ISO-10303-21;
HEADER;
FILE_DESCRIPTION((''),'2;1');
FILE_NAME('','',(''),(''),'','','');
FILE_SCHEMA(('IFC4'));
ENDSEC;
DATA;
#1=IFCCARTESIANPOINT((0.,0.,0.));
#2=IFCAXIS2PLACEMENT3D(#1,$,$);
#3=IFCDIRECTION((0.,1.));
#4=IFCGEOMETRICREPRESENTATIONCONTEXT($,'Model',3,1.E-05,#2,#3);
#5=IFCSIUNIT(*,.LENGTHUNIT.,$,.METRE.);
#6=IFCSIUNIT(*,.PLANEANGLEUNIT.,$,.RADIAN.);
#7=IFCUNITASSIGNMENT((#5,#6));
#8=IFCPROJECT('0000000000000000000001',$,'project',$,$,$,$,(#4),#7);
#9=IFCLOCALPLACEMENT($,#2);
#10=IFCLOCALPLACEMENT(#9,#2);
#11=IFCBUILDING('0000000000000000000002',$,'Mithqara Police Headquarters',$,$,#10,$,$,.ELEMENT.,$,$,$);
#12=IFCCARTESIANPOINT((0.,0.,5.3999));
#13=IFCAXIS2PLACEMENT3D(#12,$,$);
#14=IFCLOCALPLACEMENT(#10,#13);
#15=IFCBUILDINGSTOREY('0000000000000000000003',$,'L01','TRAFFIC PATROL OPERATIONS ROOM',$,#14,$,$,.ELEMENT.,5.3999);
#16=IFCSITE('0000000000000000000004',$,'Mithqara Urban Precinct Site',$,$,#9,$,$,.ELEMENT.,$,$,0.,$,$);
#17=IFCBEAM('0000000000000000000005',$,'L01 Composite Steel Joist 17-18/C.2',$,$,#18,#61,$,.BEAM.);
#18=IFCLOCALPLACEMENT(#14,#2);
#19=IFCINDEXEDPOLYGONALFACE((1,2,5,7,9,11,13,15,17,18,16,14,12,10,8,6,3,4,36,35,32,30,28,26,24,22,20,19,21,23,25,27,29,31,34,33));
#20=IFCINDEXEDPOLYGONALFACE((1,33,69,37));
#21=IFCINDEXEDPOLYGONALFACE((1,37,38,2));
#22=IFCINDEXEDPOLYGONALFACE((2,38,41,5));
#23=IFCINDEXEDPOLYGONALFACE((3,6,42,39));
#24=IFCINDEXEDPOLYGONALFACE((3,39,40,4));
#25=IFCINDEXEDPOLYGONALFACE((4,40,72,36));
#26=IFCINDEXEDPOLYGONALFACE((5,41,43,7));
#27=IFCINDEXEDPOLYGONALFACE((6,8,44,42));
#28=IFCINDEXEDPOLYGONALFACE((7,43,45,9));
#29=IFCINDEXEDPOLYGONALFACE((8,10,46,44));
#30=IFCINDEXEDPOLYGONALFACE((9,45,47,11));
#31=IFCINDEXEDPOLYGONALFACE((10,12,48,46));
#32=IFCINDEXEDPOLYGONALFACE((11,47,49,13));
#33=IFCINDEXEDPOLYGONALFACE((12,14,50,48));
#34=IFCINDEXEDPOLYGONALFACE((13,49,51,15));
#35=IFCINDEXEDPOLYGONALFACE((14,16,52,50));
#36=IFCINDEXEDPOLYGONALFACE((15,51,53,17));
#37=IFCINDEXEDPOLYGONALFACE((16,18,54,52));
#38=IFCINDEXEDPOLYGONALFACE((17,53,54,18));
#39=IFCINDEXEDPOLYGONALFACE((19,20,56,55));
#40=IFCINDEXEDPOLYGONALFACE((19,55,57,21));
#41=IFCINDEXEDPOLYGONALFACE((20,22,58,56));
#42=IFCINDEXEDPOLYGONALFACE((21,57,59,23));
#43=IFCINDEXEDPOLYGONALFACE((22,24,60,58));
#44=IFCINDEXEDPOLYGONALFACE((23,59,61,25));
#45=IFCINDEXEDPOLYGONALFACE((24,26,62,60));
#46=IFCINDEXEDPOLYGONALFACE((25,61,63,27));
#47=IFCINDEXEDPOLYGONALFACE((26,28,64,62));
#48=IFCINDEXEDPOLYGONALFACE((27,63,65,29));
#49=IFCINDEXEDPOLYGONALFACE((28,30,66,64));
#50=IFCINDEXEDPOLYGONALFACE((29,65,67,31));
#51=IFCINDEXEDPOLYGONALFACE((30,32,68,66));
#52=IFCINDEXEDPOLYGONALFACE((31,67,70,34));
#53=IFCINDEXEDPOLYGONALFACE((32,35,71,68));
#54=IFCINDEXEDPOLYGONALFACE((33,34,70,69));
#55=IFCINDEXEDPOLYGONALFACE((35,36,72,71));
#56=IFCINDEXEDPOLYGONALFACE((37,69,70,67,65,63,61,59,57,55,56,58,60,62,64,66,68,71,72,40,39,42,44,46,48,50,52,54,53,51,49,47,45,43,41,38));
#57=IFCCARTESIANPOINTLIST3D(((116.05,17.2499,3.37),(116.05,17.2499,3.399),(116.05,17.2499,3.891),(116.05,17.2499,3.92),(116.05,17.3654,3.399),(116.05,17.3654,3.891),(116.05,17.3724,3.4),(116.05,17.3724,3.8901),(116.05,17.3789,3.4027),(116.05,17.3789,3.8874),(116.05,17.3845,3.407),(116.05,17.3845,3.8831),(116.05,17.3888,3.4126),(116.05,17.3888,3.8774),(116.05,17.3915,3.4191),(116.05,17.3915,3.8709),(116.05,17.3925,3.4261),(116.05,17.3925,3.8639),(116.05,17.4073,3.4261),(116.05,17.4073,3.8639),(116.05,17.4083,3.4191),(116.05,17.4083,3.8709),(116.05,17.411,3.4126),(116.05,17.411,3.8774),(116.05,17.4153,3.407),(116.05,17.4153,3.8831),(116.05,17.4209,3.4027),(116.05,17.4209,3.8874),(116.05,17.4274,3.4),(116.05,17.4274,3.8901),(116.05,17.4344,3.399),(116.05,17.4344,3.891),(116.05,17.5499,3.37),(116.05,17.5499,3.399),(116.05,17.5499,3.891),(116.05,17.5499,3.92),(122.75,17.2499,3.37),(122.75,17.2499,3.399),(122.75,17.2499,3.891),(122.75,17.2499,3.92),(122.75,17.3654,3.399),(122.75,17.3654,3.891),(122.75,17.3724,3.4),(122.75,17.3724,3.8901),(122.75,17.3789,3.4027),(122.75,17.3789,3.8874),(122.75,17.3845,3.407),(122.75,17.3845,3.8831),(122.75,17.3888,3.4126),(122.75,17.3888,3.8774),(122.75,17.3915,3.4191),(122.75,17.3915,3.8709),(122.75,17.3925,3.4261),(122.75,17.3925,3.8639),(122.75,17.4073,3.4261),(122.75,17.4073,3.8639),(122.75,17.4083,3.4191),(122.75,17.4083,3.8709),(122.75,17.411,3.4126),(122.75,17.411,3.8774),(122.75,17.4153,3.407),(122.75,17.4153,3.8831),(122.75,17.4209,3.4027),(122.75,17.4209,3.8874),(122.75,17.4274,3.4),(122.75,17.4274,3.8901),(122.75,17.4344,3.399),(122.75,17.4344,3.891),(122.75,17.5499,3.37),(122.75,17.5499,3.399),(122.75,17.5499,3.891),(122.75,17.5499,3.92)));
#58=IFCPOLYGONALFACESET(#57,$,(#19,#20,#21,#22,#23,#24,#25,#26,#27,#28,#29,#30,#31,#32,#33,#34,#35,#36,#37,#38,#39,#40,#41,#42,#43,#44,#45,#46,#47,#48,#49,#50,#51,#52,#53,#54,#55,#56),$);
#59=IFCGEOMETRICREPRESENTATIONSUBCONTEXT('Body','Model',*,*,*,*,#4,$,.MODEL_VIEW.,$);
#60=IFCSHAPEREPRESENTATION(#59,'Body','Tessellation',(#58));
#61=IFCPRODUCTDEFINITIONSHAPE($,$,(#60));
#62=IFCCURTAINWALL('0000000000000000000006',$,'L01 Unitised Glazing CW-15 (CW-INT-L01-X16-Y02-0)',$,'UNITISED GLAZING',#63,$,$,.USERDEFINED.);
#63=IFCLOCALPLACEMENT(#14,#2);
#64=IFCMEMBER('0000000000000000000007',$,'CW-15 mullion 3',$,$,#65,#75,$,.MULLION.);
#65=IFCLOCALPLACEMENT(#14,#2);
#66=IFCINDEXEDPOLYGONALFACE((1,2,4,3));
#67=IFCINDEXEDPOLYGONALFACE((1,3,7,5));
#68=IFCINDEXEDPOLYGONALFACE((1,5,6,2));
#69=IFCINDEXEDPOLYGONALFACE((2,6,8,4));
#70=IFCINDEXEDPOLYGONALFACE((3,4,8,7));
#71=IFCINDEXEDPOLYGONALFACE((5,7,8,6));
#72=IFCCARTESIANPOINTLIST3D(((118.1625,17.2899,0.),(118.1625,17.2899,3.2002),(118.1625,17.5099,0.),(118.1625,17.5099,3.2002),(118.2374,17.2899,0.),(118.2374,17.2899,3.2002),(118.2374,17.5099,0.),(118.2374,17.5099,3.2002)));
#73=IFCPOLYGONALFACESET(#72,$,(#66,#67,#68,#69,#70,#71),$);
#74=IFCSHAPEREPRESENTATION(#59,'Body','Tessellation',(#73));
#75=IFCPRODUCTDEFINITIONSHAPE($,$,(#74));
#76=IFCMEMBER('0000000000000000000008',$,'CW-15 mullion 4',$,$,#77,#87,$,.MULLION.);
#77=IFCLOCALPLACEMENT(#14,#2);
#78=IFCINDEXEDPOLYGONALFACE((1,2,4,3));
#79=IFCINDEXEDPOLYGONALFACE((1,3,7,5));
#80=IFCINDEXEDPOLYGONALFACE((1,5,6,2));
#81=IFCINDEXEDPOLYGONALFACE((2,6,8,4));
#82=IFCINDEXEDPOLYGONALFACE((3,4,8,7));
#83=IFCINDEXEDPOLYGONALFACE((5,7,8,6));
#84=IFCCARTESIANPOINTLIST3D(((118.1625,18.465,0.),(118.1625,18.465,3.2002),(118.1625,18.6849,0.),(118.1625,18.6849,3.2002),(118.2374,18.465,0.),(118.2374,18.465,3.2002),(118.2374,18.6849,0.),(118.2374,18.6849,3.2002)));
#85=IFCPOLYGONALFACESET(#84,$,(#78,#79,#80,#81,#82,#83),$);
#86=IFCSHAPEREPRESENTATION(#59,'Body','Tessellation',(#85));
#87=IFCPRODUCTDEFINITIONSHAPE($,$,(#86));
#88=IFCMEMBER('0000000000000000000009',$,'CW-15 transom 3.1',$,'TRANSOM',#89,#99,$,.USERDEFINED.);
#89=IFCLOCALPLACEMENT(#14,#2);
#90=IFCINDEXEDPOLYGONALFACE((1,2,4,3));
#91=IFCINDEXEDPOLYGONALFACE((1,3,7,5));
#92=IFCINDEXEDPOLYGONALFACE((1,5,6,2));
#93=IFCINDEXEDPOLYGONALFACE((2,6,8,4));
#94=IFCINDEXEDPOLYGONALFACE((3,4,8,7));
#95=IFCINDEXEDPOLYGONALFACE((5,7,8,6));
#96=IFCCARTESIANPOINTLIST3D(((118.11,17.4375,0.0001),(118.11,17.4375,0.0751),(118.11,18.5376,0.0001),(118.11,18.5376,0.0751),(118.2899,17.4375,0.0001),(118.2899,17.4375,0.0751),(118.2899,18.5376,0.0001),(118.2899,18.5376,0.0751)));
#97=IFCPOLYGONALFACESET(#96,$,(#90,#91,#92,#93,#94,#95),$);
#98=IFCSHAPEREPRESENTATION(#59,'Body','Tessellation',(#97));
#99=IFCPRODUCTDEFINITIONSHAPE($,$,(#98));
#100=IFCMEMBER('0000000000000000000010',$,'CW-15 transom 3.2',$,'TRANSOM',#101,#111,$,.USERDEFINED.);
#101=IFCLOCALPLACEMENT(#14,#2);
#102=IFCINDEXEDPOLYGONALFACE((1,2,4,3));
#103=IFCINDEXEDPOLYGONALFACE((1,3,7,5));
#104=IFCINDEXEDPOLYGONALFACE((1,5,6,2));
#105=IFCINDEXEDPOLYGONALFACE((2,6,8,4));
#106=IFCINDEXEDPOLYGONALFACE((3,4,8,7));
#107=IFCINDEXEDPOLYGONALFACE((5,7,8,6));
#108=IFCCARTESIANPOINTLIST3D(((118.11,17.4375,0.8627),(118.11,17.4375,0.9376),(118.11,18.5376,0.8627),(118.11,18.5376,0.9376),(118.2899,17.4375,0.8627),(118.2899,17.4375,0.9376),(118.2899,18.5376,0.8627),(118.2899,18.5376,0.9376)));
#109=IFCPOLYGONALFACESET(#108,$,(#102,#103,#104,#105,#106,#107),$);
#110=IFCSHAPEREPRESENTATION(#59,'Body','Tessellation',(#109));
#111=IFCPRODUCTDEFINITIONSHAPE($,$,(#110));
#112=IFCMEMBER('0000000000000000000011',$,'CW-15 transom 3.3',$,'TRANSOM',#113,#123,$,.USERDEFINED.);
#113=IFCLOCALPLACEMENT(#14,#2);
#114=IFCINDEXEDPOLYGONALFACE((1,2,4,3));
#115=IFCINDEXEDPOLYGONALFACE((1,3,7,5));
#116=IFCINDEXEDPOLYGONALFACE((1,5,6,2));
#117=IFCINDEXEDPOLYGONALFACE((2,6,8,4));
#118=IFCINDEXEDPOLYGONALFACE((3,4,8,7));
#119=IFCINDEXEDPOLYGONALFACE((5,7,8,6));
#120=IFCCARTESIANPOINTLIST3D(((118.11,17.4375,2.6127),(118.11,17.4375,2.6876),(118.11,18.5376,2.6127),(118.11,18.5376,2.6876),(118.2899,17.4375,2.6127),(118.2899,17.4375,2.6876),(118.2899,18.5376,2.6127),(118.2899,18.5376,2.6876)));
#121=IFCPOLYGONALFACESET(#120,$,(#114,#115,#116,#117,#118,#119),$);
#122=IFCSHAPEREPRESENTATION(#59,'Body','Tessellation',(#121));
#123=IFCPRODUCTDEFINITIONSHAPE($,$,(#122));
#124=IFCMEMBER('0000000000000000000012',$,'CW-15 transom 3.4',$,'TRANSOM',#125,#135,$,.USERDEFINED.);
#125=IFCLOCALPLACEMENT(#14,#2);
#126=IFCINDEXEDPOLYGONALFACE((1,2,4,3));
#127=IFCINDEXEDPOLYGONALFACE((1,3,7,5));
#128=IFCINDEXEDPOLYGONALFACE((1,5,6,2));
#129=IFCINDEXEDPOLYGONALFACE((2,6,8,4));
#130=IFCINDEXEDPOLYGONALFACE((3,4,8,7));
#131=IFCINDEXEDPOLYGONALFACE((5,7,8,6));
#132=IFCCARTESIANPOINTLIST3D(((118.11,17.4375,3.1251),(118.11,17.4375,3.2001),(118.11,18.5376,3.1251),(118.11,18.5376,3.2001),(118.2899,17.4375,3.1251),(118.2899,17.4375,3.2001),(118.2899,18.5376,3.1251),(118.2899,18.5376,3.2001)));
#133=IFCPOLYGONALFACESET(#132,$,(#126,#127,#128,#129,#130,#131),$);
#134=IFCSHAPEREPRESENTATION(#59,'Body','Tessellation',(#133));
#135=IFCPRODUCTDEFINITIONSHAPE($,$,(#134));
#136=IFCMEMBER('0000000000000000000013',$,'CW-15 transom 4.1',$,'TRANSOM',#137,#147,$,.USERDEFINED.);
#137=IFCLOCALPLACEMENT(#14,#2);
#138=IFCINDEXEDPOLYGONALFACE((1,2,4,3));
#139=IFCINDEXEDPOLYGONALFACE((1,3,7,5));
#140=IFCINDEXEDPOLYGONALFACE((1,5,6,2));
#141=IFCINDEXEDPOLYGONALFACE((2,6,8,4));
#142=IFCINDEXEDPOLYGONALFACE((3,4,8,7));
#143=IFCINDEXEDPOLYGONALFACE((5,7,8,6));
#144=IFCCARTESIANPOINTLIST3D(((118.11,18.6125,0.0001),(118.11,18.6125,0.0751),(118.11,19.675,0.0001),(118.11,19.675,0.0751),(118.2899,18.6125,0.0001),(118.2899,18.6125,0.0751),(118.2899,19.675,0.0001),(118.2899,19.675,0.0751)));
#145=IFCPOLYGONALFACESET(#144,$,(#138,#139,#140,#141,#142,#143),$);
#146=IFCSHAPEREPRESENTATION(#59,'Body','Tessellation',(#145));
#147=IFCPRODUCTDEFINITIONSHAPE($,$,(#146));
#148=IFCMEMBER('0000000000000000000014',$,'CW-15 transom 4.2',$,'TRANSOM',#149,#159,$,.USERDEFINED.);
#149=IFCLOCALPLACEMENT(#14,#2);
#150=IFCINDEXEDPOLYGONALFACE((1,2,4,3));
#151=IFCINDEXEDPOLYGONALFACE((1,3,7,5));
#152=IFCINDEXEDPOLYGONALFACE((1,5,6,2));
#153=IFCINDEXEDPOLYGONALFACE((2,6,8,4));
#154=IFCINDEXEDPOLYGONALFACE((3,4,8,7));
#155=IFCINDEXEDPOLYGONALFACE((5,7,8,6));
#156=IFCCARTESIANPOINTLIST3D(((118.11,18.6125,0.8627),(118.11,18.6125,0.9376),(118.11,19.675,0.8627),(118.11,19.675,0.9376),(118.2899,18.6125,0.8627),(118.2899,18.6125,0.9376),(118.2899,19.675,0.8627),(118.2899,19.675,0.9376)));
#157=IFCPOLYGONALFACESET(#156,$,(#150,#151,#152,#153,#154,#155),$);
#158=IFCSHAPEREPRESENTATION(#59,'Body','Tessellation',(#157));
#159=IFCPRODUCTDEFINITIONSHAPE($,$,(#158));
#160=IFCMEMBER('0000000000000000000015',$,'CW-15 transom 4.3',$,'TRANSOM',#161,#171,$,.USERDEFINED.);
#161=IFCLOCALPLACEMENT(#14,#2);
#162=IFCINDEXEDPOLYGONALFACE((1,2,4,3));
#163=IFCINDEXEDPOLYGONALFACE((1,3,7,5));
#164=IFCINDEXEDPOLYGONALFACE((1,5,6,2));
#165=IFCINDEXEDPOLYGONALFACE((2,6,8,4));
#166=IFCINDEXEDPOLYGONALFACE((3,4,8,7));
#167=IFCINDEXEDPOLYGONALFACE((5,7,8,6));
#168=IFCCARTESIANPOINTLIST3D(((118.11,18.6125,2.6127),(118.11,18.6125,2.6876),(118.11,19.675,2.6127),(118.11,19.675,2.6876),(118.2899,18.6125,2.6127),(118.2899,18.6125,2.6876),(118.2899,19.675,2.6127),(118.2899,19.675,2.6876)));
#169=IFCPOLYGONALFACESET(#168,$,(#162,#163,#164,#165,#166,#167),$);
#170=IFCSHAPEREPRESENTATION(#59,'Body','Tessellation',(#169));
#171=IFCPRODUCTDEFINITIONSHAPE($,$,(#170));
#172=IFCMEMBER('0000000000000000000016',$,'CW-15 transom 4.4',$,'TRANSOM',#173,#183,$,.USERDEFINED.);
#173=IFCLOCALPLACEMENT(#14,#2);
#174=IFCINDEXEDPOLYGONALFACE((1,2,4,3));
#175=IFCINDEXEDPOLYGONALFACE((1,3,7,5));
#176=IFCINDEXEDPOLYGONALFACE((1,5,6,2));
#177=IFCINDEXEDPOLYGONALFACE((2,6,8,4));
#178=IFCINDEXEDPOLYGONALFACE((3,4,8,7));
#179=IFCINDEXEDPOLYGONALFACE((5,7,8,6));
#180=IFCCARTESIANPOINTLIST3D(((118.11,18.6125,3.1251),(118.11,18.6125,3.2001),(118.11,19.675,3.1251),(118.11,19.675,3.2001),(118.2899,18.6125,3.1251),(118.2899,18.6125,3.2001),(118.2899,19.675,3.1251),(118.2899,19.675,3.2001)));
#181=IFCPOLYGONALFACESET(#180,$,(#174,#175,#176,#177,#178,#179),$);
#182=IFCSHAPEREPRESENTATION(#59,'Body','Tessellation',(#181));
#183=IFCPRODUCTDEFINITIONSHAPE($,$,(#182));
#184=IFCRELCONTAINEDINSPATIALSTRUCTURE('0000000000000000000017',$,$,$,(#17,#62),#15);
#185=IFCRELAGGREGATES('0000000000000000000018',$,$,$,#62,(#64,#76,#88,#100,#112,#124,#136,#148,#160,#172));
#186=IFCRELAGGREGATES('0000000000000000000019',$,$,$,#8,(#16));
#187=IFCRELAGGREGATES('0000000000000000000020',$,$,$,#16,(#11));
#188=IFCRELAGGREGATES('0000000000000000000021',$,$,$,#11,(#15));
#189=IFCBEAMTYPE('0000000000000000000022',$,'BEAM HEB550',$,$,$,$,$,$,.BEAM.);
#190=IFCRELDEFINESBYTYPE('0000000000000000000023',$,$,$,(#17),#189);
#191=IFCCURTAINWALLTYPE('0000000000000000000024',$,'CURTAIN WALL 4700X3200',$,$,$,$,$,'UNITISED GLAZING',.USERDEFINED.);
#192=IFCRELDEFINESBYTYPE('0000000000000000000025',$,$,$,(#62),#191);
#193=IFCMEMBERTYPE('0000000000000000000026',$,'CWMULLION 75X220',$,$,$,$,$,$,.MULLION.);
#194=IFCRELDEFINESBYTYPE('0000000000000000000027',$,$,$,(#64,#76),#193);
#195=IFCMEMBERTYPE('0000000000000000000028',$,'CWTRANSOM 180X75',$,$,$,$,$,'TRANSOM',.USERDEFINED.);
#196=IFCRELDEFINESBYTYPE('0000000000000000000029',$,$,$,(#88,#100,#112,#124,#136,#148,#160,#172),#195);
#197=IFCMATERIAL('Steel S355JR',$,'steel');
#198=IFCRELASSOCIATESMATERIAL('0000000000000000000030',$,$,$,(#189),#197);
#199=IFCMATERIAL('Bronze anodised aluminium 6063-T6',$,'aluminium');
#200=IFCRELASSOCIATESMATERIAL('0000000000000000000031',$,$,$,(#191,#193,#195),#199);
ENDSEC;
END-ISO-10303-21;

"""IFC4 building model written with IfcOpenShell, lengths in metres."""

from ifc_helpers import new_model, si_unit, direction, frame, origin, origin_2d, place, context, subcontext, project, spatial, rectangle, i_section, extrude, material, material_profile, profile_set, type_object, element, aggregate, save


model = new_model("IFC4")

# Units and contexts
model_context = context("Model", 3, precision=1e-05, world=origin(), true_north=direction((0.0, 1.0)))
body_context = subcontext(model_context, "Body", "Model", "MODEL_VIEW")
ifc_project = project(units=[si_unit("LENGTHUNIT", "METRE"), si_unit("PLANEANGLEUNIT", "RADIAN")], contexts=[model_context])

# Site, building, storey
site_placement = place(None, origin())
site = spatial("IfcSite", under=ifc_project, at=site_placement, Name="Mithqara Urban Precinct Site", CompositionType="ELEMENT", RefElevation=0.0)
building_placement = place(site_placement, origin())
building = spatial("IfcBuilding", under=site, at=building_placement, Name="Mithqara Police Headquarters", CompositionType="ELEMENT")
storey_placement = place(building_placement, frame((0.0, 0.0, 5.3999)))
storey = spatial("IfcBuildingStorey", under=building, at=storey_placement, Name="L01", Description="TRAFFIC PATROL OPERATIONS ROOM", CompositionType="ELEMENT", Elevation=5.3999)

# Beam
ifc_material_1 = material(Name="Steel S355JR", Category="steel")
ifc_material_profile_1 = material_profile(ifc_material_1, i_section(OverallWidth=0.3, OverallDepth=0.55, WebThickness=0.0149, FlangeThickness=0.0291, FilletRadius=0.0271, at=origin_2d()), Name="HEB 550")
ifc_profile_set_1 = profile_set([ifc_material_profile_1], Name="Steel S355JR")
beam_type = type_object("IfcBeamType", Name="BEAM HEB550", PredefinedType="BEAM", material=ifc_profile_set_1)
beam_placement = place(storey_placement, frame((116.05, 17.3999, 3.645), z_axis=(1.0, 0.0, 0.0), x_axis=(0.0, 1.0, 0.0)))
element("IfcBeam", 1, at=beam_placement, inside=storey, type_object=beam_type, Name="L01 Composite Steel Joist 17-18/C.2", PredefinedType="BEAM", context=body_context, shape_type="SweptSolid", body=[
    extrude(i_section(OverallWidth=0.3, OverallDepth=0.55, WebThickness=0.0149, FlangeThickness=0.0291, FilletRadius=0.0271, at=origin_2d()), origin(), (0.0, 0.0, 1.0), 6.7),
])

# Curtain wall, members
ifc_material_2 = material(Name="Bronze anodised aluminium 6063-T6", Category="aluminium")
curtain_wall_type = type_object("IfcCurtainWallType", Name="CURTAIN WALL 4700X3200", ElementType="UNITISED GLAZING", PredefinedType="USERDEFINED", material=ifc_material_2)
curtain_wall_placement = place(storey_placement, origin())
curtain_wall = element("IfcCurtainWall", 2, at=curtain_wall_placement, inside=storey, type_object=curtain_wall_type, Name="L01 Unitised Glazing CW-15 (CW-INT-L01-X16-Y02-0)", ObjectType="UNITISED GLAZING", PredefinedType="USERDEFINED")
ifc_material_profile_2 = material_profile(ifc_material_2, rectangle(XDim=0.075, YDim=0.22, at=origin_2d()), Name="CWM 75x220")
ifc_profile_set_2 = profile_set([ifc_material_profile_2], Name="Bronze anodised aluminium 6063-T6")
member_type_1 = type_object("IfcMemberType", Name="CWMULLION 75X220", PredefinedType="MULLION", material=ifc_profile_set_2)
member_1_placement = place(storey_placement, frame((118.2, 17.3999, 0.0), z_axis=(0.0, 0.0, 1.0), x_axis=(-1.0, 0.0, 0.0)))
member_1 = element("IfcMember", 3, at=member_1_placement, type_object=member_type_1, Name="CW-15 mullion 3", PredefinedType="MULLION", context=body_context, shape_type="SweptSolid", body=[
    extrude(rectangle(XDim=0.075, YDim=0.22, at=origin_2d()), origin(), (0.0, 0.0, 1.0), 3.2002),
])
member_2_placement = place(storey_placement, frame((118.2, 18.575, 0.0), z_axis=(0.0, 0.0, 1.0), x_axis=(-1.0, 0.0, 0.0)))
member_2 = element("IfcMember", 4, at=member_2_placement, type_object=member_type_1, Name="CW-15 mullion 4", PredefinedType="MULLION", context=body_context, shape_type="SweptSolid", body=[
    extrude(rectangle(XDim=0.075, YDim=0.22, at=origin_2d()), origin(), (0.0, 0.0, 1.0), 3.2002),
])
ifc_material_profile_3 = material_profile(ifc_material_2, rectangle(XDim=0.1799, YDim=0.075, at=origin_2d()), Name="CWT 180x75")
ifc_profile_set_3 = profile_set([ifc_material_profile_3], Name="Bronze anodised aluminium 6063-T6")
member_type_2 = type_object("IfcMemberType", Name="CWTRANSOM 180X75", ElementType="TRANSOM", PredefinedType="USERDEFINED", material=ifc_profile_set_3)
member_3_placement = place(storey_placement, frame((118.2, 17.4375, 0.0376), z_axis=(0.0, 1.0, 0.0), x_axis=(-1.0, 0.0, 0.0)))
member_3 = element("IfcMember", 5, at=member_3_placement, type_object=member_type_2, Name="CW-15 transom 3.1", ObjectType="TRANSOM", PredefinedType="USERDEFINED", context=body_context, shape_type="SweptSolid", body=[
    extrude(rectangle(XDim=0.1799, YDim=0.075, at=origin_2d()), origin(), (0.0, 0.0, 1.0), 1.1001),
])
member_4_placement = place(storey_placement, frame((118.2, 17.4375, 0.9001), z_axis=(0.0, 1.0, 0.0), x_axis=(-1.0, 0.0, 0.0)))
member_4 = element("IfcMember", 6, at=member_4_placement, type_object=member_type_2, Name="CW-15 transom 3.2", ObjectType="TRANSOM", PredefinedType="USERDEFINED", context=body_context, shape_type="SweptSolid", body=[
    extrude(rectangle(XDim=0.1799, YDim=0.075, at=origin_2d()), origin(), (0.0, 0.0, 1.0), 1.1001),
])
member_5_placement = place(storey_placement, frame((118.2, 17.4375, 2.6501), z_axis=(0.0, 1.0, 0.0), x_axis=(-1.0, 0.0, 0.0)))
member_5 = element("IfcMember", 7, at=member_5_placement, type_object=member_type_2, Name="CW-15 transom 3.3", ObjectType="TRANSOM", PredefinedType="USERDEFINED", context=body_context, shape_type="SweptSolid", body=[
    extrude(rectangle(XDim=0.1799, YDim=0.075, at=origin_2d()), origin(), (0.0, 0.0, 1.0), 1.1001),
])
member_6_placement = place(storey_placement, frame((118.2, 17.4375, 3.1626), z_axis=(0.0, 1.0, 0.0), x_axis=(-1.0, 0.0, 0.0)))
member_6 = element("IfcMember", 8, at=member_6_placement, type_object=member_type_2, Name="CW-15 transom 3.4", ObjectType="TRANSOM", PredefinedType="USERDEFINED", context=body_context, shape_type="SweptSolid", body=[
    extrude(rectangle(XDim=0.1799, YDim=0.075, at=origin_2d()), origin(), (0.0, 0.0, 1.0), 1.1001),
])
member_7_placement = place(storey_placement, frame((118.2, 18.6125, 0.0376), z_axis=(0.0, 1.0, 0.0), x_axis=(-1.0, 0.0, 0.0)))
member_7 = element("IfcMember", 9, at=member_7_placement, type_object=member_type_2, Name="CW-15 transom 4.1", ObjectType="TRANSOM", PredefinedType="USERDEFINED", context=body_context, shape_type="SweptSolid", body=[
    extrude(rectangle(XDim=0.1799, YDim=0.075, at=origin_2d()), origin(), (0.0, 0.0, 1.0), 1.0625),
])
member_8_placement = place(storey_placement, frame((118.2, 18.6125, 0.9001), z_axis=(0.0, 1.0, 0.0), x_axis=(-1.0, 0.0, 0.0)))
member_8 = element("IfcMember", 10, at=member_8_placement, type_object=member_type_2, Name="CW-15 transom 4.2", ObjectType="TRANSOM", PredefinedType="USERDEFINED", context=body_context, shape_type="SweptSolid", body=[
    extrude(rectangle(XDim=0.1799, YDim=0.075, at=origin_2d()), origin(), (0.0, 0.0, 1.0), 1.0625),
])
member_9_placement = place(storey_placement, frame((118.2, 18.6125, 2.6501), z_axis=(0.0, 1.0, 0.0), x_axis=(-1.0, 0.0, 0.0)))
member_9 = element("IfcMember", 11, at=member_9_placement, type_object=member_type_2, Name="CW-15 transom 4.3", ObjectType="TRANSOM", PredefinedType="USERDEFINED", context=body_context, shape_type="SweptSolid", body=[
    extrude(rectangle(XDim=0.1799, YDim=0.075, at=origin_2d()), origin(), (0.0, 0.0, 1.0), 1.0625),
])
member_10_placement = place(storey_placement, frame((118.2, 18.6125, 3.1626), z_axis=(0.0, 1.0, 0.0), x_axis=(-1.0, 0.0, 0.0)))
member_10 = element("IfcMember", 12, at=member_10_placement, type_object=member_type_2, Name="CW-15 transom 4.4", ObjectType="TRANSOM", PredefinedType="USERDEFINED", context=body_context, shape_type="SweptSolid", body=[
    extrude(rectangle(XDim=0.1799, YDim=0.075, at=origin_2d()), origin(), (0.0, 0.0, 1.0), 1.0625),
])
aggregate(curtain_wall, [member_1, member_2, member_3, member_4, member_5, member_6, member_7, member_8, member_9, member_10])

save(model, "model.ifc")
